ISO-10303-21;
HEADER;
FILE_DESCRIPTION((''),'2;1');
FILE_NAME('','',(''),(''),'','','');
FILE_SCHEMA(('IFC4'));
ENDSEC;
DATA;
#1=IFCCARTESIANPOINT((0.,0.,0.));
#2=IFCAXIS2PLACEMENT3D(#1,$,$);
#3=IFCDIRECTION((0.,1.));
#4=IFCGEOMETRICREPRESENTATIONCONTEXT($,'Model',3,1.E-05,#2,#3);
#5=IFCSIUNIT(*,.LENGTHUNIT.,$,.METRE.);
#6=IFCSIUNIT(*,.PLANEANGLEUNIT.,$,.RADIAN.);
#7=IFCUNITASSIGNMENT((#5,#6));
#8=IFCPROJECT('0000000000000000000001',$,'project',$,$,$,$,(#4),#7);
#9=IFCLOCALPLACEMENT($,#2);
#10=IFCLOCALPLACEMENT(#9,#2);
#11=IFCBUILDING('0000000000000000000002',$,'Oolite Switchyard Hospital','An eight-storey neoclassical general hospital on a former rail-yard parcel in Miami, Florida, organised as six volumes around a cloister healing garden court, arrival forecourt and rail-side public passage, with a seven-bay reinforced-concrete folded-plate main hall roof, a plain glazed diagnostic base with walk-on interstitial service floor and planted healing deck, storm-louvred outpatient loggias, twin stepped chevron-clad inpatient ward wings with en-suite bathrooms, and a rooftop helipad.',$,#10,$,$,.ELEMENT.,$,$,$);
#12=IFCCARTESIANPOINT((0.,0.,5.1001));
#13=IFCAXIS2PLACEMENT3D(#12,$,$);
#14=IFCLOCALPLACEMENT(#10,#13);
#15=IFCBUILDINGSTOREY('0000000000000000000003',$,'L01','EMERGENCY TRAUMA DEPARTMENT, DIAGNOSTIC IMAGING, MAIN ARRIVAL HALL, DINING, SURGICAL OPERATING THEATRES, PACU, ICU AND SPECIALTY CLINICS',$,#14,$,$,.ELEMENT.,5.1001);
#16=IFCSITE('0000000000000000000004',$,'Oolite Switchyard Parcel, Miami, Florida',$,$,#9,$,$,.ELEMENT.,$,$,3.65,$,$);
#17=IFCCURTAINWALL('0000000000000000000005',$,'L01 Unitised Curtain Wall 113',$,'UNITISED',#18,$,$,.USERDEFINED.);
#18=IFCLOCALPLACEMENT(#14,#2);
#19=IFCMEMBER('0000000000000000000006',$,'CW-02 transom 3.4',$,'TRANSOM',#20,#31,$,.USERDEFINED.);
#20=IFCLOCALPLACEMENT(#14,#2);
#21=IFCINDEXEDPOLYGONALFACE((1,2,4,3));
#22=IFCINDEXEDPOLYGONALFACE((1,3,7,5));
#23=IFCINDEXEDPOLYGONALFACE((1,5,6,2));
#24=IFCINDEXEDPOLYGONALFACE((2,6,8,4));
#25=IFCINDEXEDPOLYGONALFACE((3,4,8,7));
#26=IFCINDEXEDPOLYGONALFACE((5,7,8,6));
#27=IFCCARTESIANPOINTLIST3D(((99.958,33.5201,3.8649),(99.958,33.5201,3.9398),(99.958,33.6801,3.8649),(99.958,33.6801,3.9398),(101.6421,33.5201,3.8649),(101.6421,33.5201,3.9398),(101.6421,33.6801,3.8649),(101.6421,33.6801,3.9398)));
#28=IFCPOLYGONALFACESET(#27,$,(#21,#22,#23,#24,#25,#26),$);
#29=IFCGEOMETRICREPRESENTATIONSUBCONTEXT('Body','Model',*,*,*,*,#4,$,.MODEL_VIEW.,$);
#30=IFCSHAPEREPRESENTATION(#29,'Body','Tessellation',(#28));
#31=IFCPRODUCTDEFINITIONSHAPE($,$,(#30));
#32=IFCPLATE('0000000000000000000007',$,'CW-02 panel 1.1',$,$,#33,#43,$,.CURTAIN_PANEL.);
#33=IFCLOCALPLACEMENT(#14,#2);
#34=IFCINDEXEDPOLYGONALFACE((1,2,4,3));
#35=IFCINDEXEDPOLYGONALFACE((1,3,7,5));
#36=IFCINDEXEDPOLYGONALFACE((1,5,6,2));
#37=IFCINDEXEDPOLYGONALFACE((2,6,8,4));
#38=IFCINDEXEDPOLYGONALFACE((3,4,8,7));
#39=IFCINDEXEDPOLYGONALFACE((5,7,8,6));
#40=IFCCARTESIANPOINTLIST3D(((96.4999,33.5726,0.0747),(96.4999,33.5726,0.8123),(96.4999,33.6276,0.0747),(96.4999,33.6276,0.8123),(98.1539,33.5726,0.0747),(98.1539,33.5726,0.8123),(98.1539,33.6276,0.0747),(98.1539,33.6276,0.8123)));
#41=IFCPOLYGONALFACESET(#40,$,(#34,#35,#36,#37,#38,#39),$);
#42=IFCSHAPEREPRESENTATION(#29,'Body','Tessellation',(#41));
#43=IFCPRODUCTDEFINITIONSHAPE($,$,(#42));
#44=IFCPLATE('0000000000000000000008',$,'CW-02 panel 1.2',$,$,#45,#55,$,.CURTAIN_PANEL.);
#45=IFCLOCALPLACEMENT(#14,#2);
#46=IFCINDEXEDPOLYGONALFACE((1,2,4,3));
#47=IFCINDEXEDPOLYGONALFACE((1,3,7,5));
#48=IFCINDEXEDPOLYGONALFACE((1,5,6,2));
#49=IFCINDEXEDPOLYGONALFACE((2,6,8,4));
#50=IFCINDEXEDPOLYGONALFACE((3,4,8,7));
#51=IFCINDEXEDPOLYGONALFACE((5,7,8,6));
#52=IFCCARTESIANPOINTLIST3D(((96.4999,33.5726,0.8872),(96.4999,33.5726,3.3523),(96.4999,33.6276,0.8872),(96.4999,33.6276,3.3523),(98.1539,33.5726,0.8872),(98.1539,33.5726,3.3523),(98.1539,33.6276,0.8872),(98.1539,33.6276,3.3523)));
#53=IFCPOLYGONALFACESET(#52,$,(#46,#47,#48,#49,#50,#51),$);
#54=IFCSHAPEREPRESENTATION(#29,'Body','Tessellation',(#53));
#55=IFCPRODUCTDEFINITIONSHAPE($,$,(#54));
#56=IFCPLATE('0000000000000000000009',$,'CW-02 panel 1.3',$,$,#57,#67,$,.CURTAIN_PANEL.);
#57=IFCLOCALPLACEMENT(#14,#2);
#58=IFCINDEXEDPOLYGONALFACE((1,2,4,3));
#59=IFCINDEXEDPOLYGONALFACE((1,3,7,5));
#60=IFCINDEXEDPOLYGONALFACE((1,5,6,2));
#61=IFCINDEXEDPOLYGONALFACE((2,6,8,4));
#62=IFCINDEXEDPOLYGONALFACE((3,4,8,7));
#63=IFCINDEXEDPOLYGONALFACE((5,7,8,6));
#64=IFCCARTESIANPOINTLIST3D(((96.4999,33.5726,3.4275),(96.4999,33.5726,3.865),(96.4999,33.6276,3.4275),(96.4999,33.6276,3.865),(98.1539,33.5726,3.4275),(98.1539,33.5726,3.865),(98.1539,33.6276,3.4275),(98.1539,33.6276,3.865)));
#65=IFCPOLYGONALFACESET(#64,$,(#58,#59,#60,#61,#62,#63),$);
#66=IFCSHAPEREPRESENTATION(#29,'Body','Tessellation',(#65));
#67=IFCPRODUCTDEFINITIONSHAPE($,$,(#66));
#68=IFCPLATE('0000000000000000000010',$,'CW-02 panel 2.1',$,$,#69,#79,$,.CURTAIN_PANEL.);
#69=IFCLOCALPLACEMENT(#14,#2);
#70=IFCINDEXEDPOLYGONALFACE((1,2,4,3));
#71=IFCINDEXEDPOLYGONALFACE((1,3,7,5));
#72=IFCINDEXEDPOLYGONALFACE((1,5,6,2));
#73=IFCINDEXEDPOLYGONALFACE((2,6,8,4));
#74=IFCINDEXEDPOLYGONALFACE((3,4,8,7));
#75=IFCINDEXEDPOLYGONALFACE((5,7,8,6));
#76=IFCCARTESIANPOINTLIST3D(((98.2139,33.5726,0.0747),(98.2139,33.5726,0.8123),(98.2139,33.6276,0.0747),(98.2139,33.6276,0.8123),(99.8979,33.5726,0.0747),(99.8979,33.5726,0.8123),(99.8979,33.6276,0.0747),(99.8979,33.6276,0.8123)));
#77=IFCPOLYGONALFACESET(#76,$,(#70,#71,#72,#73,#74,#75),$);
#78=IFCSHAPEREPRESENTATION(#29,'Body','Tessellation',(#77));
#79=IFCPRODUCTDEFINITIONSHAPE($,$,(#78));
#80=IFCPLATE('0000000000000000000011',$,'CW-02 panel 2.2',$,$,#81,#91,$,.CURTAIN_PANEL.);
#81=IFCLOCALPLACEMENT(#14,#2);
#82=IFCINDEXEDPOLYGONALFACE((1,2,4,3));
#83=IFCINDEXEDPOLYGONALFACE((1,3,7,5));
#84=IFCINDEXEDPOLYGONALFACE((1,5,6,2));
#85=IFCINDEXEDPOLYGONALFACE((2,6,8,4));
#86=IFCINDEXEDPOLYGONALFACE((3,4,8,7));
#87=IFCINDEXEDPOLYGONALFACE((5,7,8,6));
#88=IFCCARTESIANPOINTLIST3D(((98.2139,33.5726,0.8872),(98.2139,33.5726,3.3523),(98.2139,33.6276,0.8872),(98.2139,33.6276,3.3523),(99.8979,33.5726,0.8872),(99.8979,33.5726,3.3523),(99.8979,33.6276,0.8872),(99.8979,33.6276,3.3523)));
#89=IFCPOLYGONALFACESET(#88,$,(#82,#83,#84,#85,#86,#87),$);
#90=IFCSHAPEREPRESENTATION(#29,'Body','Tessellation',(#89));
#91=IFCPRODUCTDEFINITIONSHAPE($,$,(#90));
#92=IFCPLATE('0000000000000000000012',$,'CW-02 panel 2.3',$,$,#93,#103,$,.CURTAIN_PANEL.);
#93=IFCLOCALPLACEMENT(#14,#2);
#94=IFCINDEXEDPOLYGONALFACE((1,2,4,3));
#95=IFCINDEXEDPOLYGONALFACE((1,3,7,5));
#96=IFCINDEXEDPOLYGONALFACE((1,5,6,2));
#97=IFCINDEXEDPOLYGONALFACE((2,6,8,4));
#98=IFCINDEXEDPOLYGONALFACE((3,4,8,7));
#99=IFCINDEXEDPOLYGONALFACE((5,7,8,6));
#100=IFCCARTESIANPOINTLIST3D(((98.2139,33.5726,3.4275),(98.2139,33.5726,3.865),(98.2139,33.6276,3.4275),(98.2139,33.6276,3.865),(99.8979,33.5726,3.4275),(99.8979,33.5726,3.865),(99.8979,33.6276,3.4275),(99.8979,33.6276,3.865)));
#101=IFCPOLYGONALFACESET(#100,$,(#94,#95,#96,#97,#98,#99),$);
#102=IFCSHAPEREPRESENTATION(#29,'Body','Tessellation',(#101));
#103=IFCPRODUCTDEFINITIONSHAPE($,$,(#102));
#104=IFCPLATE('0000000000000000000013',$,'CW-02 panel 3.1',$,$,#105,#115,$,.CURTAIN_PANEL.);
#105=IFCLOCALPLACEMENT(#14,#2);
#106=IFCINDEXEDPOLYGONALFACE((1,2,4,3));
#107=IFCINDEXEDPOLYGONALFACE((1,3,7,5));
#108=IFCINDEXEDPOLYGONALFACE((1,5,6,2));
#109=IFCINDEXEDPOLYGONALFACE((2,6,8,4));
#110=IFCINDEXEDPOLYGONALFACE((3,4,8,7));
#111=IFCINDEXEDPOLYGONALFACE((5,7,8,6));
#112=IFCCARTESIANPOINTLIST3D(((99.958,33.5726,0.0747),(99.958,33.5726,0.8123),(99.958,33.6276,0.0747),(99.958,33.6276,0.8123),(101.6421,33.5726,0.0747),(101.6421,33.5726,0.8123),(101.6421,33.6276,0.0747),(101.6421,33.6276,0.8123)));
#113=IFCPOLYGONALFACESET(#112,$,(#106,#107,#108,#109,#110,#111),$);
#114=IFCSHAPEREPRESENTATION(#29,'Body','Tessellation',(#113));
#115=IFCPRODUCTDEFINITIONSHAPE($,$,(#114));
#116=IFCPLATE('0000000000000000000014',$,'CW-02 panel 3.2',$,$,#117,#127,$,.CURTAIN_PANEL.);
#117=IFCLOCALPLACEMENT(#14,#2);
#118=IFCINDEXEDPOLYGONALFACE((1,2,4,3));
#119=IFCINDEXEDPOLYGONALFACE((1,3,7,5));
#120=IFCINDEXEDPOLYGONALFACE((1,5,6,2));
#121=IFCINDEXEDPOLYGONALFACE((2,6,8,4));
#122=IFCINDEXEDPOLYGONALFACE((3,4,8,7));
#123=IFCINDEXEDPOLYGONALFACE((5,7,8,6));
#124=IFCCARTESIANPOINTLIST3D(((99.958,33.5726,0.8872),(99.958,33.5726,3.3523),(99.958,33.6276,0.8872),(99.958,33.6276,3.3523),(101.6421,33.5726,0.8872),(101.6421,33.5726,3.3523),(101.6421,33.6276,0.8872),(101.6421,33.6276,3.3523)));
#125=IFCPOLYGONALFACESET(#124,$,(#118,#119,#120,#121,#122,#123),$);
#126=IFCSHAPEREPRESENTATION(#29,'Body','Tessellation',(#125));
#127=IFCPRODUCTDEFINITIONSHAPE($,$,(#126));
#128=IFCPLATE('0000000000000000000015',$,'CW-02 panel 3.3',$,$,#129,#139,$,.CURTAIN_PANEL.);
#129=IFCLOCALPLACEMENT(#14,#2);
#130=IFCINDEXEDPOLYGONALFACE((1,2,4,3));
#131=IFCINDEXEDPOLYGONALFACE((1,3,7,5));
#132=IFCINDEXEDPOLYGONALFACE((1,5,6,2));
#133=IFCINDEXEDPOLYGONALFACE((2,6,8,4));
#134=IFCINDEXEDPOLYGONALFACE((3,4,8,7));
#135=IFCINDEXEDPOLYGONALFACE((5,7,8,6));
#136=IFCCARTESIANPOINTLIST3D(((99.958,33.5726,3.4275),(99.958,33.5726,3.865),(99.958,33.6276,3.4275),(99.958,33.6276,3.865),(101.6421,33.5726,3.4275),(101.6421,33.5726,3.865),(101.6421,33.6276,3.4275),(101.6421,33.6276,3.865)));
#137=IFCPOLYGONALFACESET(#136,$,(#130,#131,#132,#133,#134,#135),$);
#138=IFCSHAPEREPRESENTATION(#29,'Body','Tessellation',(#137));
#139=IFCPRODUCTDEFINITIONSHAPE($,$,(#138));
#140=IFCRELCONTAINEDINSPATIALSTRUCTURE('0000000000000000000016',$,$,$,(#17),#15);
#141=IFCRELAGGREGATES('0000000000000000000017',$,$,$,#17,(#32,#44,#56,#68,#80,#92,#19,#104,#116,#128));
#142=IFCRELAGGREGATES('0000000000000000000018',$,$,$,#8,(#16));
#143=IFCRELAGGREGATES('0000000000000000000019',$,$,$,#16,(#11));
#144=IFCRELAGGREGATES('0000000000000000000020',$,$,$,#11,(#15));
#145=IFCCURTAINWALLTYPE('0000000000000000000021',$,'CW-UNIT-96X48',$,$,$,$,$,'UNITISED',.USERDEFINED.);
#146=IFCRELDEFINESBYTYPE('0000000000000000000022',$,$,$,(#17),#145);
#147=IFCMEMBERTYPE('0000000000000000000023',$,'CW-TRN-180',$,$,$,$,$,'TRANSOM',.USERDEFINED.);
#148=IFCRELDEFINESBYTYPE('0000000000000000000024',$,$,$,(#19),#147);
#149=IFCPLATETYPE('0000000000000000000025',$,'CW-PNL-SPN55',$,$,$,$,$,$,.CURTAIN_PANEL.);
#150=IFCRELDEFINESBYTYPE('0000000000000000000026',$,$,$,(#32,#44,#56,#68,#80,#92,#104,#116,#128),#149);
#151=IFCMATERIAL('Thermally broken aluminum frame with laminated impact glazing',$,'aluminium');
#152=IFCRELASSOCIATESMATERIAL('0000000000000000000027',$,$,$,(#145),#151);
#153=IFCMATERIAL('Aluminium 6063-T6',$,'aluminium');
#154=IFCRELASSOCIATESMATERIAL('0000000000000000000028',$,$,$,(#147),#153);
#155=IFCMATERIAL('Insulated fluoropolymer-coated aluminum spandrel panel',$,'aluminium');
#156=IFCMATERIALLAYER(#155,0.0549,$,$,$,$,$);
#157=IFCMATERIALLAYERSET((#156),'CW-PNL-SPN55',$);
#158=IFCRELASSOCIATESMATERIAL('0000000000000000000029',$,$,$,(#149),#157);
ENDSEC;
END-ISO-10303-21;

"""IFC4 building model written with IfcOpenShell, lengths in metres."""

from ifc_helpers import new_model, si_unit, direction, frame, origin, origin_2d, place, context, subcontext, project, spatial, rectangle, extrude, material, layer, layer_set, material_profile, profile_set, type_object, element, aggregate, save


model = new_model("IFC4")

# Units and contexts
model_context = context("Model", 3, precision=1e-05, world=origin(), true_north=direction((0.0, 1.0)))
body_context = subcontext(model_context, "Body", "Model", "MODEL_VIEW")
ifc_project = project(units=[si_unit("LENGTHUNIT", "METRE"), si_unit("PLANEANGLEUNIT", "RADIAN")], contexts=[model_context])

# Site, building, storey
site_placement = place(None, origin())
site = spatial("IfcSite", under=ifc_project, at=site_placement, Name="Oolite Switchyard Parcel, Miami, Florida", CompositionType="ELEMENT", RefElevation=3.65)
building_placement = place(site_placement, origin())
building = spatial("IfcBuilding", under=site, at=building_placement, Name="Oolite Switchyard Hospital", Description="An eight-storey neoclassical general hospital on a former rail-yard parcel in Miami, Florida, organised as six volumes around a cloister healing garden court, arrival forecourt and rail-side public passage, with a seven-bay reinforced-concrete folded-plate main hall roof, a plain glazed diagnostic base with walk-on interstitial service floor and planted healing deck, storm-louvred outpatient loggias, twin stepped chevron-clad inpatient ward wings with en-suite bathrooms, and a rooftop helipad.", CompositionType="ELEMENT")
storey_placement = place(building_placement, frame((0.0, 0.0, 5.1001)))
storey = spatial("IfcBuildingStorey", under=building, at=storey_placement, Name="L01", Description="EMERGENCY TRAUMA DEPARTMENT, DIAGNOSTIC IMAGING, MAIN ARRIVAL HALL, DINING, SURGICAL OPERATING THEATRES, PACU, ICU AND SPECIALTY CLINICS", CompositionType="ELEMENT", Elevation=5.1001)

# Curtain wall, member, plates
ifc_material_1 = material(Name="Thermally broken aluminum frame with laminated impact glazing", Category="aluminium")
curtain_wall_type = type_object("IfcCurtainWallType", Name="CW-UNIT-96X48", ElementType="UNITISED", PredefinedType="USERDEFINED", material=ifc_material_1)
curtain_wall_placement = place(storey_placement, origin())
curtain_wall = element("IfcCurtainWall", 1, at=curtain_wall_placement, inside=storey, type_object=curtain_wall_type, Name="L01 Unitised Curtain Wall 113", ObjectType="UNITISED", PredefinedType="USERDEFINED")
ifc_material_2 = material(Name="Aluminium 6063-T6", Category="aluminium")
ifc_material_profile_1 = material_profile(ifc_material_2, rectangle(XDim=0.1599, YDim=0.075, at=origin_2d()), Name="CWT75X160")
ifc_profile_set_1 = profile_set([ifc_material_profile_1], Name="Aluminium 6063-T6")
member_type_1 = type_object("IfcMemberType", Name="CW-TRN-180", ElementType="TRANSOM", PredefinedType="USERDEFINED", material=ifc_profile_set_1)
member_1_placement = place(storey_placement, frame((99.958, 33.6001, 3.9023), z_axis=(1.0, 0.0, 0.0), x_axis=(0.0, 1.0, 0.0)))
member_1 = element("IfcMember", 2, at=member_1_placement, type_object=member_type_1, Name="CW-02 transom 3.4", ObjectType="TRANSOM", PredefinedType="USERDEFINED", context=body_context, shape_type="SweptSolid", body=[
    extrude(rectangle(XDim=0.1599, YDim=0.075, at=origin_2d()), origin(), (0.0, 0.0, 1.0), 1.6841),
])
ifc_material_3 = material(Name="Insulated fluoropolymer-coated aluminum spandrel panel", Category="aluminium")
ifc_layer = layer(ifc_material_3, 0.0549)
ifc_layer_set = layer_set([ifc_layer], Name="CW-PNL-SPN55")
plate_type = type_object("IfcPlateType", Name="CW-PNL-SPN55", PredefinedType="CURTAIN_PANEL", material=ifc_layer_set)
plate_1_placement = place(storey_placement, frame((97.3269, 33.6001, 0.0747), z_axis=(0.0, 0.0, 1.0), x_axis=(1.0, 0.0, 0.0)))
plate_1 = element("IfcPlate", 3, at=plate_1_placement, type_object=plate_type, Name="CW-02 panel 1.1", PredefinedType="CURTAIN_PANEL", context=body_context, shape_type="SweptSolid", body=[
    extrude(rectangle(XDim=1.6541, YDim=0.0549, at=origin_2d()), origin(), (0.0, 0.0, 1.0), 0.7375),
])
plate_2_placement = place(storey_placement, frame((97.3269, 33.6001, 0.8872), z_axis=(0.0, 0.0, 1.0), x_axis=(1.0, 0.0, 0.0)))
plate_2 = element("IfcPlate", 4, at=plate_2_placement, type_object=plate_type, Name="CW-02 panel 1.2", PredefinedType="CURTAIN_PANEL", context=body_context, shape_type="SweptSolid", body=[
    extrude(rectangle(XDim=1.6541, YDim=0.0549, at=origin_2d()), origin(), (0.0, 0.0, 1.0), 2.4651),
])
plate_3_placement = place(storey_placement, frame((97.3269, 33.6001, 3.4275), z_axis=(0.0, 0.0, 1.0), x_axis=(1.0, 0.0, 0.0)))
plate_3 = element("IfcPlate", 5, at=plate_3_placement, type_object=plate_type, Name="CW-02 panel 1.3", PredefinedType="CURTAIN_PANEL", context=body_context, shape_type="SweptSolid", body=[
    extrude(rectangle(XDim=1.6541, YDim=0.0549, at=origin_2d()), origin(), (0.0, 0.0, 1.0), 0.4375),
])
plate_4_placement = place(storey_placement, frame((99.0559, 33.6001, 0.0747), z_axis=(0.0, 0.0, 1.0), x_axis=(1.0, 0.0, 0.0)))
plate_4 = element("IfcPlate", 6, at=plate_4_placement, type_object=plate_type, Name="CW-02 panel 2.1", PredefinedType="CURTAIN_PANEL", context=body_context, shape_type="SweptSolid", body=[
    extrude(rectangle(XDim=1.6841, YDim=0.0549, at=origin_2d()), origin(), (0.0, 0.0, 1.0), 0.7375),
])
plate_5_placement = place(storey_placement, frame((99.0559, 33.6001, 0.8872), z_axis=(0.0, 0.0, 1.0), x_axis=(1.0, 0.0, 0.0)))
plate_5 = element("IfcPlate", 7, at=plate_5_placement, type_object=plate_type, Name="CW-02 panel 2.2", PredefinedType="CURTAIN_PANEL", context=body_context, shape_type="SweptSolid", body=[
    extrude(rectangle(XDim=1.6841, YDim=0.0549, at=origin_2d()), origin(), (0.0, 0.0, 1.0), 2.4651),
])
plate_6_placement = place(storey_placement, frame((99.0559, 33.6001, 3.4275), z_axis=(0.0, 0.0, 1.0), x_axis=(1.0, 0.0, 0.0)))
plate_6 = element("IfcPlate", 8, at=plate_6_placement, type_object=plate_type, Name="CW-02 panel 2.3", PredefinedType="CURTAIN_PANEL", context=body_context, shape_type="SweptSolid", body=[
    extrude(rectangle(XDim=1.6841, YDim=0.0549, at=origin_2d()), origin(), (0.0, 0.0, 1.0), 0.4375),
])
plate_7_placement = place(storey_placement, frame((100.8, 33.6001, 0.0747), z_axis=(0.0, 0.0, 1.0), x_axis=(1.0, 0.0, 0.0)))
plate_7 = element("IfcPlate", 9, at=plate_7_placement, type_object=plate_type, Name="CW-02 panel 3.1", PredefinedType="CURTAIN_PANEL", context=body_context, shape_type="SweptSolid", body=[
    extrude(rectangle(XDim=1.6841, YDim=0.0549, at=origin_2d()), origin(), (0.0, 0.0, 1.0), 0.7375),
])
plate_8_placement = place(storey_placement, frame((100.8, 33.6001, 0.8872), z_axis=(0.0, 0.0, 1.0), x_axis=(1.0, 0.0, 0.0)))
plate_8 = element("IfcPlate", 10, at=plate_8_placement, type_object=plate_type, Name="CW-02 panel 3.2", PredefinedType="CURTAIN_PANEL", context=body_context, shape_type="SweptSolid", body=[
    extrude(rectangle(XDim=1.6841, YDim=0.0549, at=origin_2d()), origin(), (0.0, 0.0, 1.0), 2.4651),
])
plate_9_placement = place(storey_placement, frame((100.8, 33.6001, 3.4275), z_axis=(0.0, 0.0, 1.0), x_axis=(1.0, 0.0, 0.0)))
plate_9 = element("IfcPlate", 11, at=plate_9_placement, type_object=plate_type, Name="CW-02 panel 3.3", PredefinedType="CURTAIN_PANEL", context=body_context, shape_type="SweptSolid", body=[
    extrude(rectangle(XDim=1.6841, YDim=0.0549, at=origin_2d()), origin(), (0.0, 0.0, 1.0), 0.4375),
])
aggregate(curtain_wall, [plate_1, plate_2, plate_3, plate_4, plate_5, plate_6, member_1, plate_7, plate_8, plate_9])

save(model, "model.ifc")
